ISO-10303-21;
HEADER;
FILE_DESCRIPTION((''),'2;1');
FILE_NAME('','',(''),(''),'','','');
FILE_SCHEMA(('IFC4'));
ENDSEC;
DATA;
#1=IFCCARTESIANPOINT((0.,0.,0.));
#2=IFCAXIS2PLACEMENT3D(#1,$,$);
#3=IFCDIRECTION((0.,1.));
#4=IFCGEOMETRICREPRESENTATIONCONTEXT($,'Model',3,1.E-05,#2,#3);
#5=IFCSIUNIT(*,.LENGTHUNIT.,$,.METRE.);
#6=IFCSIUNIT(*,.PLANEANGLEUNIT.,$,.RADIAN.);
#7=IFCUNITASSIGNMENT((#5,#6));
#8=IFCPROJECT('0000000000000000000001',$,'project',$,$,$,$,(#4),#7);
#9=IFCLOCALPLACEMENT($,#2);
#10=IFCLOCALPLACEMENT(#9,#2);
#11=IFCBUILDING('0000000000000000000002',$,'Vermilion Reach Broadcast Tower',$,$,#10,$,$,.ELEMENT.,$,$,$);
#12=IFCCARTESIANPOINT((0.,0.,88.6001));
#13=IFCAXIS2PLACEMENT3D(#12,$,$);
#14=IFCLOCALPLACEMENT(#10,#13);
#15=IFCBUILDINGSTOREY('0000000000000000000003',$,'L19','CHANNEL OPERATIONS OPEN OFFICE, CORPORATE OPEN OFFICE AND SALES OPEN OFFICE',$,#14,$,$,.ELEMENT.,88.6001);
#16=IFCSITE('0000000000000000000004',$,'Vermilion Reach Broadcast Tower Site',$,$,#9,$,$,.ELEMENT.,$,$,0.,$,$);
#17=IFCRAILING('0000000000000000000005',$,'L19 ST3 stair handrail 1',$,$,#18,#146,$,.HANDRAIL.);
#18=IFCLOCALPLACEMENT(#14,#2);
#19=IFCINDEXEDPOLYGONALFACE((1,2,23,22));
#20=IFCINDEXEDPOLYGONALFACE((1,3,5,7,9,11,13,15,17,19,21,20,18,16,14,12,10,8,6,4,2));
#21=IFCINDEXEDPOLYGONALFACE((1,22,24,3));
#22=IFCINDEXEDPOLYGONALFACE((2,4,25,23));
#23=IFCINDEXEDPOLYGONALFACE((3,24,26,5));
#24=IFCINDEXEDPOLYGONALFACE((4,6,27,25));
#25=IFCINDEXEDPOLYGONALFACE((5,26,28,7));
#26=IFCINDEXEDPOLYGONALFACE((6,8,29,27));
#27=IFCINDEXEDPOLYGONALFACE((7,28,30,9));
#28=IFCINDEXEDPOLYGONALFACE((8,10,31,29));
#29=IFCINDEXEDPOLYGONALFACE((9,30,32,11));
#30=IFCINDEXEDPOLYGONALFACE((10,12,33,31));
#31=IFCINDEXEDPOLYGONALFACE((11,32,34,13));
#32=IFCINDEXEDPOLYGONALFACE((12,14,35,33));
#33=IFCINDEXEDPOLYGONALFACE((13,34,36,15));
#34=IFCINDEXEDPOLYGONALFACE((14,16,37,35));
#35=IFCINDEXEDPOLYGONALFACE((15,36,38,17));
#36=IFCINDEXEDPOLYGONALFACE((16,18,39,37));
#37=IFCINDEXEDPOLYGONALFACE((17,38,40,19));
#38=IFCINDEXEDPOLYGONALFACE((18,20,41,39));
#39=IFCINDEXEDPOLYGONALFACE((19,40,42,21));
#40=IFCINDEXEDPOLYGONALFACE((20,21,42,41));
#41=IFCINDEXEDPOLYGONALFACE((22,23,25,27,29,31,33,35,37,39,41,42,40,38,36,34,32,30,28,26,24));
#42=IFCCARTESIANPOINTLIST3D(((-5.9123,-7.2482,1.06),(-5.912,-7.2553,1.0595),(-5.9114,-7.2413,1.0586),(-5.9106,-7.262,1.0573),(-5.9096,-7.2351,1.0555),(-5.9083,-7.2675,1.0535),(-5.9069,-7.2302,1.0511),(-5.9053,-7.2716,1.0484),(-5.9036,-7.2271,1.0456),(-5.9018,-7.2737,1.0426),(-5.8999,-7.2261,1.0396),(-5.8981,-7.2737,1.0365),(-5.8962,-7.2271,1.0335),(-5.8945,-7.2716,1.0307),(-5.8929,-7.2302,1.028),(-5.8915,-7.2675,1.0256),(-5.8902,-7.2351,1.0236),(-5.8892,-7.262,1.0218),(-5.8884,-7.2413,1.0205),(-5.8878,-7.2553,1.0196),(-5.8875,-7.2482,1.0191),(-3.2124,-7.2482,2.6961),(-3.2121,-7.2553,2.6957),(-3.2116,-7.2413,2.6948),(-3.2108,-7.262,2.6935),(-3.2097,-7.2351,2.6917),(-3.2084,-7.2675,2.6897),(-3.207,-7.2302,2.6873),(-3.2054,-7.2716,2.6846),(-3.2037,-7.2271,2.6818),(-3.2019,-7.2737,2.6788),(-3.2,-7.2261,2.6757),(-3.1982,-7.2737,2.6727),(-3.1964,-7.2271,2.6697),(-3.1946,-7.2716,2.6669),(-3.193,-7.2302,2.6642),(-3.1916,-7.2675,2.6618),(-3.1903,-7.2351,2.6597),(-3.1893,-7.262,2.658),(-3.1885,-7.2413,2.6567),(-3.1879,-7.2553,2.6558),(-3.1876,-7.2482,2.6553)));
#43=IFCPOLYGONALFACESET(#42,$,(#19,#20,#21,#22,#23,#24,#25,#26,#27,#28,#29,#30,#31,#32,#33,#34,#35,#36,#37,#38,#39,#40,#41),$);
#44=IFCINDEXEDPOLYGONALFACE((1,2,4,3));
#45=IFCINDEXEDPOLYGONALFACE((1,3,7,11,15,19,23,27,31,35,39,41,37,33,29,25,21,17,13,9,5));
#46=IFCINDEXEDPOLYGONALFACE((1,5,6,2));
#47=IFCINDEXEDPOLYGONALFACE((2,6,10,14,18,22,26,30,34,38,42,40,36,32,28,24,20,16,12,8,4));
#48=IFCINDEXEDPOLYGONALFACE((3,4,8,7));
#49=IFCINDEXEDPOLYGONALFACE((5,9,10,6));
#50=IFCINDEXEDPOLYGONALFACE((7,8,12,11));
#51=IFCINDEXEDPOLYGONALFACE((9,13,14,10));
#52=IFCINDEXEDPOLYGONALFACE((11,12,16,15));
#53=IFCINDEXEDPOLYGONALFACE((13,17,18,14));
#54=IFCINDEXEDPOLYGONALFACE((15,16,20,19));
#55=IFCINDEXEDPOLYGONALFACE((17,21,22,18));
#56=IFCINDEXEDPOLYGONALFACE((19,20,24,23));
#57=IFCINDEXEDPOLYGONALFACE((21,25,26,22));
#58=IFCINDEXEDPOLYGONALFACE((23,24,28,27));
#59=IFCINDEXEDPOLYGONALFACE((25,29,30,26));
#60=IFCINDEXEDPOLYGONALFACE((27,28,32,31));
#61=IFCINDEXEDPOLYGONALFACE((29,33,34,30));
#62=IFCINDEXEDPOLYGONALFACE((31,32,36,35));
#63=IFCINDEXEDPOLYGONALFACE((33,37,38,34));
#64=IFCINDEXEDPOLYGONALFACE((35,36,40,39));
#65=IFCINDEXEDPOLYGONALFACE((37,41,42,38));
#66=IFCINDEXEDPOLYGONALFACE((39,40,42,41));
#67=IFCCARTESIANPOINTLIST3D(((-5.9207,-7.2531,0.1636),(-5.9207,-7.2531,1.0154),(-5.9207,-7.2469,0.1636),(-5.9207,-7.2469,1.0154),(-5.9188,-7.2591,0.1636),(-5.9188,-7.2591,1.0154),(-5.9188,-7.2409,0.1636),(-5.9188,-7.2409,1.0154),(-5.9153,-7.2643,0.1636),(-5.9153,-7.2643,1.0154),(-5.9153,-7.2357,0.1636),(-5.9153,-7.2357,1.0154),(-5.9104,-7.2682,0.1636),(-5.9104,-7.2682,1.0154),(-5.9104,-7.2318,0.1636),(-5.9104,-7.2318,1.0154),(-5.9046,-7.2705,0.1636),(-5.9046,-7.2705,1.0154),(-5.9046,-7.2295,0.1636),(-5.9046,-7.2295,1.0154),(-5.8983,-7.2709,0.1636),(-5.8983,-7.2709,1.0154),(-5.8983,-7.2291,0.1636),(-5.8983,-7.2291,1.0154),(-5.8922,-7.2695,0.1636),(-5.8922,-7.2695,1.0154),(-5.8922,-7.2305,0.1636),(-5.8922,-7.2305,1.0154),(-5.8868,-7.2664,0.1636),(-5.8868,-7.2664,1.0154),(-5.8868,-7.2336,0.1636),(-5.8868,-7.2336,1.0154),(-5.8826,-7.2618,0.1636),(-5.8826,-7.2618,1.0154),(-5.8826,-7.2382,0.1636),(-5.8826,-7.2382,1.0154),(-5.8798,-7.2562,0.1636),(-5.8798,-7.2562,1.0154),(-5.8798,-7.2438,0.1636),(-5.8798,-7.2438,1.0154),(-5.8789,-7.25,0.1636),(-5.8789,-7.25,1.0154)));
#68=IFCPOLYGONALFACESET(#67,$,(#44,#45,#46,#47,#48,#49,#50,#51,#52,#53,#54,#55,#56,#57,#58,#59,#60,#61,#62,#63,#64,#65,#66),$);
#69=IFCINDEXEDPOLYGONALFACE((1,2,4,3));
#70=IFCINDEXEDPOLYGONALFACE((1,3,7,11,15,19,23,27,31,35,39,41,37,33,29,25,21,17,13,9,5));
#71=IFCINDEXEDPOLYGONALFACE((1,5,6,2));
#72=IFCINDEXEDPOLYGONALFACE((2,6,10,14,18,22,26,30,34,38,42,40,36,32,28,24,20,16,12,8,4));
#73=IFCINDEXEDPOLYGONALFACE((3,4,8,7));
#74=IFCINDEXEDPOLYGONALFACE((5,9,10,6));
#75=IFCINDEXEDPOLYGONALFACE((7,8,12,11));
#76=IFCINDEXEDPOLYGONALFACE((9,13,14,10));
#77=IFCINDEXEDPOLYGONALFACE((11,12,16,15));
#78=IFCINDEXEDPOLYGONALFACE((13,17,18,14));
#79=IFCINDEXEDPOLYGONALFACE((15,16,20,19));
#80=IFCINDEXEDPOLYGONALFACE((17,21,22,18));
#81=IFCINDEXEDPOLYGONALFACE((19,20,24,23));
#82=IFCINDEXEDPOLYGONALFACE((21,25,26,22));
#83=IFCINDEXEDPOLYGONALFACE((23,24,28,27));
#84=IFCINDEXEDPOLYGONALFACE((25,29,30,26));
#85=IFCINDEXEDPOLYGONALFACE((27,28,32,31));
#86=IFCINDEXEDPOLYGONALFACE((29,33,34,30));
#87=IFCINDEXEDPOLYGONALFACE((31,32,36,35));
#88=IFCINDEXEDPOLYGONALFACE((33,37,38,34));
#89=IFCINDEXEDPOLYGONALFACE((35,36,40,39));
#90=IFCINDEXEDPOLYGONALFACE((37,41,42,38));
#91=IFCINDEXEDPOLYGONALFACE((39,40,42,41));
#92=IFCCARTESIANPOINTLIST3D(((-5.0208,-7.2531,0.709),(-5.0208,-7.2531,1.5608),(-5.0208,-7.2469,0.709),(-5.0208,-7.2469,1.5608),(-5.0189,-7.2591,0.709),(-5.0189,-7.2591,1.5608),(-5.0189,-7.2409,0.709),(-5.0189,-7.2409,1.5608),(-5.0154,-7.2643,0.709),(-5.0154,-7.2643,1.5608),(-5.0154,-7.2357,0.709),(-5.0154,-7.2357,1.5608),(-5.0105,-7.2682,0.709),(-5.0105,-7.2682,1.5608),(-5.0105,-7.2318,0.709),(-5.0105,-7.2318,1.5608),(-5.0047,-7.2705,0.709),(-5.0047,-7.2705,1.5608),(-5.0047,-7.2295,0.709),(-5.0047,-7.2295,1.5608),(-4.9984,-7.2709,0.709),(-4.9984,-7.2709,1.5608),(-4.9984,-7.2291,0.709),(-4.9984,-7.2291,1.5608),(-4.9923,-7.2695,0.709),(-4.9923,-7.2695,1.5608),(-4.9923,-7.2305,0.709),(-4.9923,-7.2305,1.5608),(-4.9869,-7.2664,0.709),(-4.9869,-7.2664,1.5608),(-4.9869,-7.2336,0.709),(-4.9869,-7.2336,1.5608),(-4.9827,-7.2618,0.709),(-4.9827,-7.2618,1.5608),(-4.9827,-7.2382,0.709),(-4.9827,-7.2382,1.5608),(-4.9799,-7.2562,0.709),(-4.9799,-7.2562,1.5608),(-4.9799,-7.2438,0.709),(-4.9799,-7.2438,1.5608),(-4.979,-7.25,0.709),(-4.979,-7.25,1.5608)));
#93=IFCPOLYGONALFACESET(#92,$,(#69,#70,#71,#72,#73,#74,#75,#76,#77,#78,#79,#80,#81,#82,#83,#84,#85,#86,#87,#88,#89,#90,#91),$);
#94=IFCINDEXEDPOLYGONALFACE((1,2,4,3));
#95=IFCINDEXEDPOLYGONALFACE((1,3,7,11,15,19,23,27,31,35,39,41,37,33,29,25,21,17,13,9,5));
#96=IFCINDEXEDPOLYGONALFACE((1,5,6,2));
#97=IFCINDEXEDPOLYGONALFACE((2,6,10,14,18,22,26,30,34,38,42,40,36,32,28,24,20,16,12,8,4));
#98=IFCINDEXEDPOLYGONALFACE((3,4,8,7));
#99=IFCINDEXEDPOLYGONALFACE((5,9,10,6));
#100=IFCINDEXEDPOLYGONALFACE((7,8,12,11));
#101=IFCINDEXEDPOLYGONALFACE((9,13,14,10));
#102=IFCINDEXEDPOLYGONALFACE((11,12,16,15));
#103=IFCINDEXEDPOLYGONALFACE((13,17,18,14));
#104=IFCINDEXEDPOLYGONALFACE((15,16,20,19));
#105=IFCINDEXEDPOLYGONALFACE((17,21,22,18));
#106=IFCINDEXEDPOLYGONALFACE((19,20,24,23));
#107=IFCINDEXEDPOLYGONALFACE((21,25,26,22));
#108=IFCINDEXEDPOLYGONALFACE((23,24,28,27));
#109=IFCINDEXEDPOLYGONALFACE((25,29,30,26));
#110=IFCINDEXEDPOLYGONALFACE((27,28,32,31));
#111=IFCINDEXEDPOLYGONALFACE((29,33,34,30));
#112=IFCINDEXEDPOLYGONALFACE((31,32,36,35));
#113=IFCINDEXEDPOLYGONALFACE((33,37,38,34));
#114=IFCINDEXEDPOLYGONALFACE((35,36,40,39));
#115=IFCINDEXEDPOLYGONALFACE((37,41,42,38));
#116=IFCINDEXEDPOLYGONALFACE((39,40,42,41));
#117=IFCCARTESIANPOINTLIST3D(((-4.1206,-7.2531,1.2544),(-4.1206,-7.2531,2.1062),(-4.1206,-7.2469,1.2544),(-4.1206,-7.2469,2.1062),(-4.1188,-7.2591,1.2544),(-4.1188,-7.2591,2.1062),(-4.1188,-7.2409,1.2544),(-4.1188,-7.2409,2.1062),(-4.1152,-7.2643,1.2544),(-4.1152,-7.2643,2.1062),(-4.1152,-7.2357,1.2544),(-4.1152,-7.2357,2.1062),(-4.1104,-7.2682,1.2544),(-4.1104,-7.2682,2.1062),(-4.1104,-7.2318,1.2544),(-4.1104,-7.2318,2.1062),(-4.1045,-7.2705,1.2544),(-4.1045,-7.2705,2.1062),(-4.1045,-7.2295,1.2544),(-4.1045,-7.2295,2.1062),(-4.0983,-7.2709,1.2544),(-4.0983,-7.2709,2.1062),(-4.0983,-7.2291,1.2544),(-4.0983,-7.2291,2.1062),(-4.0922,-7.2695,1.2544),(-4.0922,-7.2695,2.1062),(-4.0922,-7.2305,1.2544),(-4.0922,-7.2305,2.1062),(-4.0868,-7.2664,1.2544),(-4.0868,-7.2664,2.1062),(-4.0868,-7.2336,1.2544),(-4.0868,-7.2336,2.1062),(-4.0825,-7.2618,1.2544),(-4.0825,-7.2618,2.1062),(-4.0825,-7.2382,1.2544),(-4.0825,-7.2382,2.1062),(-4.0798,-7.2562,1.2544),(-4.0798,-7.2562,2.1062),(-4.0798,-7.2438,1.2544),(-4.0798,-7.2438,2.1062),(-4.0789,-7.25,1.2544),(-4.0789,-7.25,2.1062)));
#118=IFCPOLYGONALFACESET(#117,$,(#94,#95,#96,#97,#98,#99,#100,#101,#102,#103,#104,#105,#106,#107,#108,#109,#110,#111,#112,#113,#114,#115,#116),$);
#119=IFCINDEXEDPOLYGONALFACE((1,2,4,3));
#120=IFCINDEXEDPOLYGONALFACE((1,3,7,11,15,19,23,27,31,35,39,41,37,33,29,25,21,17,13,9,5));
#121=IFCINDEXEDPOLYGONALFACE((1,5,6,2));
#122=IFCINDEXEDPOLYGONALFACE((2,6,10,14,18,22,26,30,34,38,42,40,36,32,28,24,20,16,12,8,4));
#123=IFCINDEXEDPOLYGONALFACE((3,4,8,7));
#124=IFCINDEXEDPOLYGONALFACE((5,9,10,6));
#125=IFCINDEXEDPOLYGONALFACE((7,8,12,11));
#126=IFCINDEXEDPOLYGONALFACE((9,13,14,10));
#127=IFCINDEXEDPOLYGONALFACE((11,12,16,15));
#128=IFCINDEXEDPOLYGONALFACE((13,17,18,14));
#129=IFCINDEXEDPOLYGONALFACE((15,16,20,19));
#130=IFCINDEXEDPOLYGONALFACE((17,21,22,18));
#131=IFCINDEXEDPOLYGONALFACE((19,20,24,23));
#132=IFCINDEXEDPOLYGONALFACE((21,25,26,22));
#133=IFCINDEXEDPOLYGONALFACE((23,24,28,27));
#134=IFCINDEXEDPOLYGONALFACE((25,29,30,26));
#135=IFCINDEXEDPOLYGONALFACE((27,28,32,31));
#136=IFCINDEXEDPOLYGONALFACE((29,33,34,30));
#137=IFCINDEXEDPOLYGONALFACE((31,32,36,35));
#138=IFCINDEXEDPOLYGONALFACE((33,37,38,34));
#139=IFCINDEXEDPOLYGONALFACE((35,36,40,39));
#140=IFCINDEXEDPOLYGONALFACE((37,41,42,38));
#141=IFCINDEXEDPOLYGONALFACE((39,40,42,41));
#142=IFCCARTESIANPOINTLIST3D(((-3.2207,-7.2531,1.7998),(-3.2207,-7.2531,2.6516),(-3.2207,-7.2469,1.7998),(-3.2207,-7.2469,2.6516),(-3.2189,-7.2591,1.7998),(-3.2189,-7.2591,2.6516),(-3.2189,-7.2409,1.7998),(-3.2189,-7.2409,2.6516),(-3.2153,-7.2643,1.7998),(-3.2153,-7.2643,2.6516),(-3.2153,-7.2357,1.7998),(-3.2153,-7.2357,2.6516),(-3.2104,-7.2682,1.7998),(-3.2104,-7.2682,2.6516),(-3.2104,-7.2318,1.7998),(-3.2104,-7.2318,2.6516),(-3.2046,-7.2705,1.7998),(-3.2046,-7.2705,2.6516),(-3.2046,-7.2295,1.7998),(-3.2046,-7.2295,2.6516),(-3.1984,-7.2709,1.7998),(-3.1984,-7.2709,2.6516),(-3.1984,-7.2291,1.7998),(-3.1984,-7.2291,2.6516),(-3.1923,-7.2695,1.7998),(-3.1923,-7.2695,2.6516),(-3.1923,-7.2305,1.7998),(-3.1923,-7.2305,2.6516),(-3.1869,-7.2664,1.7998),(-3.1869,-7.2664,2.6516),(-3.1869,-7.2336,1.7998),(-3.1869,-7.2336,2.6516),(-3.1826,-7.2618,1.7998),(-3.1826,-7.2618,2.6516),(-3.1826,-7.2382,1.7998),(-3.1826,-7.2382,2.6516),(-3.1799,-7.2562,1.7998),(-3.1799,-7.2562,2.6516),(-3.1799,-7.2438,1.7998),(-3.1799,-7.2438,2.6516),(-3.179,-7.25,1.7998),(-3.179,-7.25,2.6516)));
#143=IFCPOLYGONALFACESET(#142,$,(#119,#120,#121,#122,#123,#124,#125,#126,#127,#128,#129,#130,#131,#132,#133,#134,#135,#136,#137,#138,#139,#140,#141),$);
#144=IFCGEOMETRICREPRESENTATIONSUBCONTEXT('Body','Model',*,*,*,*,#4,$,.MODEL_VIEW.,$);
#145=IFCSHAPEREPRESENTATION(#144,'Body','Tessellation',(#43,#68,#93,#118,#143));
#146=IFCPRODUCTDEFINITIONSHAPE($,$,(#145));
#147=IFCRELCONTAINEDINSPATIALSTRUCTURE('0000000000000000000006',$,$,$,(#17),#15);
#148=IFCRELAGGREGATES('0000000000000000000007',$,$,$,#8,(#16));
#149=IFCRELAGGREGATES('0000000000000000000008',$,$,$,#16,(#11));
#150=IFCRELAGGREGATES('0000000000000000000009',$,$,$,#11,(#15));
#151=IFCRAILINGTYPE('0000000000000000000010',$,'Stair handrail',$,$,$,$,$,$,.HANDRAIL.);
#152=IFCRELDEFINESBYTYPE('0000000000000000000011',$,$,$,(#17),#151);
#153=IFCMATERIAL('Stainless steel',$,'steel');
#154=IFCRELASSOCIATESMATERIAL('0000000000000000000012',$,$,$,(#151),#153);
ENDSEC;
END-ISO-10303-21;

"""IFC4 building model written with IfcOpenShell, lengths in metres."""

from ifc_helpers import new_model, si_unit, direction, frame, origin, origin_2d, place, context, subcontext, project, spatial, circle, extrude, material, type_object, element, save


model = new_model("IFC4")

# Units and contexts
model_context = context("Model", 3, precision=1e-05, world=origin(), true_north=direction((0.0, 1.0)))
body_context = subcontext(model_context, "Body", "Model", "MODEL_VIEW")
ifc_project = project(units=[si_unit("LENGTHUNIT", "METRE"), si_unit("PLANEANGLEUNIT", "RADIAN")], contexts=[model_context])

# Site, building, storey
site_placement = place(None, origin())
site = spatial("IfcSite", under=ifc_project, at=site_placement, Name="Vermilion Reach Broadcast Tower Site", CompositionType="ELEMENT", RefElevation=0.0)
building_placement = place(site_placement, origin())
building = spatial("IfcBuilding", under=site, at=building_placement, Name="Vermilion Reach Broadcast Tower", CompositionType="ELEMENT")
storey_placement = place(building_placement, frame((0.0, 0.0, 88.6001)))
storey = spatial("IfcBuildingStorey", under=building, at=storey_placement, Name="L19", Description="CHANNEL OPERATIONS OPEN OFFICE, CORPORATE OPEN OFFICE AND SALES OPEN OFFICE", CompositionType="ELEMENT", Elevation=88.6001)

# Railing
ifc_material_1 = material(Name="Stainless steel", Category="steel")
railing_type_1 = type_object("IfcRailingType", Name="Stair handrail", PredefinedType="HANDRAIL", material=ifc_material_1)
railing_1_placement = place(storey_placement, frame((-5.8999, -7.25, 0.1636)))
element("IfcRailing", 1, at=railing_1_placement, inside=storey, type_object=railing_type_1, Name="L19 ST3 stair handrail 1", PredefinedType="HANDRAIL", context=body_context, shape_type="SweptSolid", body=[
    extrude(circle(Radius=0.0239, at=origin_2d()), frame((0.0, 0.0, 0.876), z_axis=(0.855212, 0.0, 0.518278), x_axis=(0.0, 1.0, 0.0)), (0.0, 0.0, 1.0), 3.157),
    extrude(circle(Radius=0.021, at=origin_2d()), origin(), (0.0, 0.0, 1.0), 0.8518),
    extrude(circle(Radius=0.021, at=origin_2d()), frame((0.8999, 0.0, 0.5454)), (0.0, 0.0, 1.0), 0.8518),
    extrude(circle(Radius=0.021, at=origin_2d()), frame((1.8, 0.0, 1.0908)), (0.0, 0.0, 1.0), 0.8518),
    extrude(circle(Radius=0.021, at=origin_2d()), frame((2.7, 0.0, 1.6362)), (0.0, 0.0, 1.0), 0.8518),
])

save(model, "model.ifc")
